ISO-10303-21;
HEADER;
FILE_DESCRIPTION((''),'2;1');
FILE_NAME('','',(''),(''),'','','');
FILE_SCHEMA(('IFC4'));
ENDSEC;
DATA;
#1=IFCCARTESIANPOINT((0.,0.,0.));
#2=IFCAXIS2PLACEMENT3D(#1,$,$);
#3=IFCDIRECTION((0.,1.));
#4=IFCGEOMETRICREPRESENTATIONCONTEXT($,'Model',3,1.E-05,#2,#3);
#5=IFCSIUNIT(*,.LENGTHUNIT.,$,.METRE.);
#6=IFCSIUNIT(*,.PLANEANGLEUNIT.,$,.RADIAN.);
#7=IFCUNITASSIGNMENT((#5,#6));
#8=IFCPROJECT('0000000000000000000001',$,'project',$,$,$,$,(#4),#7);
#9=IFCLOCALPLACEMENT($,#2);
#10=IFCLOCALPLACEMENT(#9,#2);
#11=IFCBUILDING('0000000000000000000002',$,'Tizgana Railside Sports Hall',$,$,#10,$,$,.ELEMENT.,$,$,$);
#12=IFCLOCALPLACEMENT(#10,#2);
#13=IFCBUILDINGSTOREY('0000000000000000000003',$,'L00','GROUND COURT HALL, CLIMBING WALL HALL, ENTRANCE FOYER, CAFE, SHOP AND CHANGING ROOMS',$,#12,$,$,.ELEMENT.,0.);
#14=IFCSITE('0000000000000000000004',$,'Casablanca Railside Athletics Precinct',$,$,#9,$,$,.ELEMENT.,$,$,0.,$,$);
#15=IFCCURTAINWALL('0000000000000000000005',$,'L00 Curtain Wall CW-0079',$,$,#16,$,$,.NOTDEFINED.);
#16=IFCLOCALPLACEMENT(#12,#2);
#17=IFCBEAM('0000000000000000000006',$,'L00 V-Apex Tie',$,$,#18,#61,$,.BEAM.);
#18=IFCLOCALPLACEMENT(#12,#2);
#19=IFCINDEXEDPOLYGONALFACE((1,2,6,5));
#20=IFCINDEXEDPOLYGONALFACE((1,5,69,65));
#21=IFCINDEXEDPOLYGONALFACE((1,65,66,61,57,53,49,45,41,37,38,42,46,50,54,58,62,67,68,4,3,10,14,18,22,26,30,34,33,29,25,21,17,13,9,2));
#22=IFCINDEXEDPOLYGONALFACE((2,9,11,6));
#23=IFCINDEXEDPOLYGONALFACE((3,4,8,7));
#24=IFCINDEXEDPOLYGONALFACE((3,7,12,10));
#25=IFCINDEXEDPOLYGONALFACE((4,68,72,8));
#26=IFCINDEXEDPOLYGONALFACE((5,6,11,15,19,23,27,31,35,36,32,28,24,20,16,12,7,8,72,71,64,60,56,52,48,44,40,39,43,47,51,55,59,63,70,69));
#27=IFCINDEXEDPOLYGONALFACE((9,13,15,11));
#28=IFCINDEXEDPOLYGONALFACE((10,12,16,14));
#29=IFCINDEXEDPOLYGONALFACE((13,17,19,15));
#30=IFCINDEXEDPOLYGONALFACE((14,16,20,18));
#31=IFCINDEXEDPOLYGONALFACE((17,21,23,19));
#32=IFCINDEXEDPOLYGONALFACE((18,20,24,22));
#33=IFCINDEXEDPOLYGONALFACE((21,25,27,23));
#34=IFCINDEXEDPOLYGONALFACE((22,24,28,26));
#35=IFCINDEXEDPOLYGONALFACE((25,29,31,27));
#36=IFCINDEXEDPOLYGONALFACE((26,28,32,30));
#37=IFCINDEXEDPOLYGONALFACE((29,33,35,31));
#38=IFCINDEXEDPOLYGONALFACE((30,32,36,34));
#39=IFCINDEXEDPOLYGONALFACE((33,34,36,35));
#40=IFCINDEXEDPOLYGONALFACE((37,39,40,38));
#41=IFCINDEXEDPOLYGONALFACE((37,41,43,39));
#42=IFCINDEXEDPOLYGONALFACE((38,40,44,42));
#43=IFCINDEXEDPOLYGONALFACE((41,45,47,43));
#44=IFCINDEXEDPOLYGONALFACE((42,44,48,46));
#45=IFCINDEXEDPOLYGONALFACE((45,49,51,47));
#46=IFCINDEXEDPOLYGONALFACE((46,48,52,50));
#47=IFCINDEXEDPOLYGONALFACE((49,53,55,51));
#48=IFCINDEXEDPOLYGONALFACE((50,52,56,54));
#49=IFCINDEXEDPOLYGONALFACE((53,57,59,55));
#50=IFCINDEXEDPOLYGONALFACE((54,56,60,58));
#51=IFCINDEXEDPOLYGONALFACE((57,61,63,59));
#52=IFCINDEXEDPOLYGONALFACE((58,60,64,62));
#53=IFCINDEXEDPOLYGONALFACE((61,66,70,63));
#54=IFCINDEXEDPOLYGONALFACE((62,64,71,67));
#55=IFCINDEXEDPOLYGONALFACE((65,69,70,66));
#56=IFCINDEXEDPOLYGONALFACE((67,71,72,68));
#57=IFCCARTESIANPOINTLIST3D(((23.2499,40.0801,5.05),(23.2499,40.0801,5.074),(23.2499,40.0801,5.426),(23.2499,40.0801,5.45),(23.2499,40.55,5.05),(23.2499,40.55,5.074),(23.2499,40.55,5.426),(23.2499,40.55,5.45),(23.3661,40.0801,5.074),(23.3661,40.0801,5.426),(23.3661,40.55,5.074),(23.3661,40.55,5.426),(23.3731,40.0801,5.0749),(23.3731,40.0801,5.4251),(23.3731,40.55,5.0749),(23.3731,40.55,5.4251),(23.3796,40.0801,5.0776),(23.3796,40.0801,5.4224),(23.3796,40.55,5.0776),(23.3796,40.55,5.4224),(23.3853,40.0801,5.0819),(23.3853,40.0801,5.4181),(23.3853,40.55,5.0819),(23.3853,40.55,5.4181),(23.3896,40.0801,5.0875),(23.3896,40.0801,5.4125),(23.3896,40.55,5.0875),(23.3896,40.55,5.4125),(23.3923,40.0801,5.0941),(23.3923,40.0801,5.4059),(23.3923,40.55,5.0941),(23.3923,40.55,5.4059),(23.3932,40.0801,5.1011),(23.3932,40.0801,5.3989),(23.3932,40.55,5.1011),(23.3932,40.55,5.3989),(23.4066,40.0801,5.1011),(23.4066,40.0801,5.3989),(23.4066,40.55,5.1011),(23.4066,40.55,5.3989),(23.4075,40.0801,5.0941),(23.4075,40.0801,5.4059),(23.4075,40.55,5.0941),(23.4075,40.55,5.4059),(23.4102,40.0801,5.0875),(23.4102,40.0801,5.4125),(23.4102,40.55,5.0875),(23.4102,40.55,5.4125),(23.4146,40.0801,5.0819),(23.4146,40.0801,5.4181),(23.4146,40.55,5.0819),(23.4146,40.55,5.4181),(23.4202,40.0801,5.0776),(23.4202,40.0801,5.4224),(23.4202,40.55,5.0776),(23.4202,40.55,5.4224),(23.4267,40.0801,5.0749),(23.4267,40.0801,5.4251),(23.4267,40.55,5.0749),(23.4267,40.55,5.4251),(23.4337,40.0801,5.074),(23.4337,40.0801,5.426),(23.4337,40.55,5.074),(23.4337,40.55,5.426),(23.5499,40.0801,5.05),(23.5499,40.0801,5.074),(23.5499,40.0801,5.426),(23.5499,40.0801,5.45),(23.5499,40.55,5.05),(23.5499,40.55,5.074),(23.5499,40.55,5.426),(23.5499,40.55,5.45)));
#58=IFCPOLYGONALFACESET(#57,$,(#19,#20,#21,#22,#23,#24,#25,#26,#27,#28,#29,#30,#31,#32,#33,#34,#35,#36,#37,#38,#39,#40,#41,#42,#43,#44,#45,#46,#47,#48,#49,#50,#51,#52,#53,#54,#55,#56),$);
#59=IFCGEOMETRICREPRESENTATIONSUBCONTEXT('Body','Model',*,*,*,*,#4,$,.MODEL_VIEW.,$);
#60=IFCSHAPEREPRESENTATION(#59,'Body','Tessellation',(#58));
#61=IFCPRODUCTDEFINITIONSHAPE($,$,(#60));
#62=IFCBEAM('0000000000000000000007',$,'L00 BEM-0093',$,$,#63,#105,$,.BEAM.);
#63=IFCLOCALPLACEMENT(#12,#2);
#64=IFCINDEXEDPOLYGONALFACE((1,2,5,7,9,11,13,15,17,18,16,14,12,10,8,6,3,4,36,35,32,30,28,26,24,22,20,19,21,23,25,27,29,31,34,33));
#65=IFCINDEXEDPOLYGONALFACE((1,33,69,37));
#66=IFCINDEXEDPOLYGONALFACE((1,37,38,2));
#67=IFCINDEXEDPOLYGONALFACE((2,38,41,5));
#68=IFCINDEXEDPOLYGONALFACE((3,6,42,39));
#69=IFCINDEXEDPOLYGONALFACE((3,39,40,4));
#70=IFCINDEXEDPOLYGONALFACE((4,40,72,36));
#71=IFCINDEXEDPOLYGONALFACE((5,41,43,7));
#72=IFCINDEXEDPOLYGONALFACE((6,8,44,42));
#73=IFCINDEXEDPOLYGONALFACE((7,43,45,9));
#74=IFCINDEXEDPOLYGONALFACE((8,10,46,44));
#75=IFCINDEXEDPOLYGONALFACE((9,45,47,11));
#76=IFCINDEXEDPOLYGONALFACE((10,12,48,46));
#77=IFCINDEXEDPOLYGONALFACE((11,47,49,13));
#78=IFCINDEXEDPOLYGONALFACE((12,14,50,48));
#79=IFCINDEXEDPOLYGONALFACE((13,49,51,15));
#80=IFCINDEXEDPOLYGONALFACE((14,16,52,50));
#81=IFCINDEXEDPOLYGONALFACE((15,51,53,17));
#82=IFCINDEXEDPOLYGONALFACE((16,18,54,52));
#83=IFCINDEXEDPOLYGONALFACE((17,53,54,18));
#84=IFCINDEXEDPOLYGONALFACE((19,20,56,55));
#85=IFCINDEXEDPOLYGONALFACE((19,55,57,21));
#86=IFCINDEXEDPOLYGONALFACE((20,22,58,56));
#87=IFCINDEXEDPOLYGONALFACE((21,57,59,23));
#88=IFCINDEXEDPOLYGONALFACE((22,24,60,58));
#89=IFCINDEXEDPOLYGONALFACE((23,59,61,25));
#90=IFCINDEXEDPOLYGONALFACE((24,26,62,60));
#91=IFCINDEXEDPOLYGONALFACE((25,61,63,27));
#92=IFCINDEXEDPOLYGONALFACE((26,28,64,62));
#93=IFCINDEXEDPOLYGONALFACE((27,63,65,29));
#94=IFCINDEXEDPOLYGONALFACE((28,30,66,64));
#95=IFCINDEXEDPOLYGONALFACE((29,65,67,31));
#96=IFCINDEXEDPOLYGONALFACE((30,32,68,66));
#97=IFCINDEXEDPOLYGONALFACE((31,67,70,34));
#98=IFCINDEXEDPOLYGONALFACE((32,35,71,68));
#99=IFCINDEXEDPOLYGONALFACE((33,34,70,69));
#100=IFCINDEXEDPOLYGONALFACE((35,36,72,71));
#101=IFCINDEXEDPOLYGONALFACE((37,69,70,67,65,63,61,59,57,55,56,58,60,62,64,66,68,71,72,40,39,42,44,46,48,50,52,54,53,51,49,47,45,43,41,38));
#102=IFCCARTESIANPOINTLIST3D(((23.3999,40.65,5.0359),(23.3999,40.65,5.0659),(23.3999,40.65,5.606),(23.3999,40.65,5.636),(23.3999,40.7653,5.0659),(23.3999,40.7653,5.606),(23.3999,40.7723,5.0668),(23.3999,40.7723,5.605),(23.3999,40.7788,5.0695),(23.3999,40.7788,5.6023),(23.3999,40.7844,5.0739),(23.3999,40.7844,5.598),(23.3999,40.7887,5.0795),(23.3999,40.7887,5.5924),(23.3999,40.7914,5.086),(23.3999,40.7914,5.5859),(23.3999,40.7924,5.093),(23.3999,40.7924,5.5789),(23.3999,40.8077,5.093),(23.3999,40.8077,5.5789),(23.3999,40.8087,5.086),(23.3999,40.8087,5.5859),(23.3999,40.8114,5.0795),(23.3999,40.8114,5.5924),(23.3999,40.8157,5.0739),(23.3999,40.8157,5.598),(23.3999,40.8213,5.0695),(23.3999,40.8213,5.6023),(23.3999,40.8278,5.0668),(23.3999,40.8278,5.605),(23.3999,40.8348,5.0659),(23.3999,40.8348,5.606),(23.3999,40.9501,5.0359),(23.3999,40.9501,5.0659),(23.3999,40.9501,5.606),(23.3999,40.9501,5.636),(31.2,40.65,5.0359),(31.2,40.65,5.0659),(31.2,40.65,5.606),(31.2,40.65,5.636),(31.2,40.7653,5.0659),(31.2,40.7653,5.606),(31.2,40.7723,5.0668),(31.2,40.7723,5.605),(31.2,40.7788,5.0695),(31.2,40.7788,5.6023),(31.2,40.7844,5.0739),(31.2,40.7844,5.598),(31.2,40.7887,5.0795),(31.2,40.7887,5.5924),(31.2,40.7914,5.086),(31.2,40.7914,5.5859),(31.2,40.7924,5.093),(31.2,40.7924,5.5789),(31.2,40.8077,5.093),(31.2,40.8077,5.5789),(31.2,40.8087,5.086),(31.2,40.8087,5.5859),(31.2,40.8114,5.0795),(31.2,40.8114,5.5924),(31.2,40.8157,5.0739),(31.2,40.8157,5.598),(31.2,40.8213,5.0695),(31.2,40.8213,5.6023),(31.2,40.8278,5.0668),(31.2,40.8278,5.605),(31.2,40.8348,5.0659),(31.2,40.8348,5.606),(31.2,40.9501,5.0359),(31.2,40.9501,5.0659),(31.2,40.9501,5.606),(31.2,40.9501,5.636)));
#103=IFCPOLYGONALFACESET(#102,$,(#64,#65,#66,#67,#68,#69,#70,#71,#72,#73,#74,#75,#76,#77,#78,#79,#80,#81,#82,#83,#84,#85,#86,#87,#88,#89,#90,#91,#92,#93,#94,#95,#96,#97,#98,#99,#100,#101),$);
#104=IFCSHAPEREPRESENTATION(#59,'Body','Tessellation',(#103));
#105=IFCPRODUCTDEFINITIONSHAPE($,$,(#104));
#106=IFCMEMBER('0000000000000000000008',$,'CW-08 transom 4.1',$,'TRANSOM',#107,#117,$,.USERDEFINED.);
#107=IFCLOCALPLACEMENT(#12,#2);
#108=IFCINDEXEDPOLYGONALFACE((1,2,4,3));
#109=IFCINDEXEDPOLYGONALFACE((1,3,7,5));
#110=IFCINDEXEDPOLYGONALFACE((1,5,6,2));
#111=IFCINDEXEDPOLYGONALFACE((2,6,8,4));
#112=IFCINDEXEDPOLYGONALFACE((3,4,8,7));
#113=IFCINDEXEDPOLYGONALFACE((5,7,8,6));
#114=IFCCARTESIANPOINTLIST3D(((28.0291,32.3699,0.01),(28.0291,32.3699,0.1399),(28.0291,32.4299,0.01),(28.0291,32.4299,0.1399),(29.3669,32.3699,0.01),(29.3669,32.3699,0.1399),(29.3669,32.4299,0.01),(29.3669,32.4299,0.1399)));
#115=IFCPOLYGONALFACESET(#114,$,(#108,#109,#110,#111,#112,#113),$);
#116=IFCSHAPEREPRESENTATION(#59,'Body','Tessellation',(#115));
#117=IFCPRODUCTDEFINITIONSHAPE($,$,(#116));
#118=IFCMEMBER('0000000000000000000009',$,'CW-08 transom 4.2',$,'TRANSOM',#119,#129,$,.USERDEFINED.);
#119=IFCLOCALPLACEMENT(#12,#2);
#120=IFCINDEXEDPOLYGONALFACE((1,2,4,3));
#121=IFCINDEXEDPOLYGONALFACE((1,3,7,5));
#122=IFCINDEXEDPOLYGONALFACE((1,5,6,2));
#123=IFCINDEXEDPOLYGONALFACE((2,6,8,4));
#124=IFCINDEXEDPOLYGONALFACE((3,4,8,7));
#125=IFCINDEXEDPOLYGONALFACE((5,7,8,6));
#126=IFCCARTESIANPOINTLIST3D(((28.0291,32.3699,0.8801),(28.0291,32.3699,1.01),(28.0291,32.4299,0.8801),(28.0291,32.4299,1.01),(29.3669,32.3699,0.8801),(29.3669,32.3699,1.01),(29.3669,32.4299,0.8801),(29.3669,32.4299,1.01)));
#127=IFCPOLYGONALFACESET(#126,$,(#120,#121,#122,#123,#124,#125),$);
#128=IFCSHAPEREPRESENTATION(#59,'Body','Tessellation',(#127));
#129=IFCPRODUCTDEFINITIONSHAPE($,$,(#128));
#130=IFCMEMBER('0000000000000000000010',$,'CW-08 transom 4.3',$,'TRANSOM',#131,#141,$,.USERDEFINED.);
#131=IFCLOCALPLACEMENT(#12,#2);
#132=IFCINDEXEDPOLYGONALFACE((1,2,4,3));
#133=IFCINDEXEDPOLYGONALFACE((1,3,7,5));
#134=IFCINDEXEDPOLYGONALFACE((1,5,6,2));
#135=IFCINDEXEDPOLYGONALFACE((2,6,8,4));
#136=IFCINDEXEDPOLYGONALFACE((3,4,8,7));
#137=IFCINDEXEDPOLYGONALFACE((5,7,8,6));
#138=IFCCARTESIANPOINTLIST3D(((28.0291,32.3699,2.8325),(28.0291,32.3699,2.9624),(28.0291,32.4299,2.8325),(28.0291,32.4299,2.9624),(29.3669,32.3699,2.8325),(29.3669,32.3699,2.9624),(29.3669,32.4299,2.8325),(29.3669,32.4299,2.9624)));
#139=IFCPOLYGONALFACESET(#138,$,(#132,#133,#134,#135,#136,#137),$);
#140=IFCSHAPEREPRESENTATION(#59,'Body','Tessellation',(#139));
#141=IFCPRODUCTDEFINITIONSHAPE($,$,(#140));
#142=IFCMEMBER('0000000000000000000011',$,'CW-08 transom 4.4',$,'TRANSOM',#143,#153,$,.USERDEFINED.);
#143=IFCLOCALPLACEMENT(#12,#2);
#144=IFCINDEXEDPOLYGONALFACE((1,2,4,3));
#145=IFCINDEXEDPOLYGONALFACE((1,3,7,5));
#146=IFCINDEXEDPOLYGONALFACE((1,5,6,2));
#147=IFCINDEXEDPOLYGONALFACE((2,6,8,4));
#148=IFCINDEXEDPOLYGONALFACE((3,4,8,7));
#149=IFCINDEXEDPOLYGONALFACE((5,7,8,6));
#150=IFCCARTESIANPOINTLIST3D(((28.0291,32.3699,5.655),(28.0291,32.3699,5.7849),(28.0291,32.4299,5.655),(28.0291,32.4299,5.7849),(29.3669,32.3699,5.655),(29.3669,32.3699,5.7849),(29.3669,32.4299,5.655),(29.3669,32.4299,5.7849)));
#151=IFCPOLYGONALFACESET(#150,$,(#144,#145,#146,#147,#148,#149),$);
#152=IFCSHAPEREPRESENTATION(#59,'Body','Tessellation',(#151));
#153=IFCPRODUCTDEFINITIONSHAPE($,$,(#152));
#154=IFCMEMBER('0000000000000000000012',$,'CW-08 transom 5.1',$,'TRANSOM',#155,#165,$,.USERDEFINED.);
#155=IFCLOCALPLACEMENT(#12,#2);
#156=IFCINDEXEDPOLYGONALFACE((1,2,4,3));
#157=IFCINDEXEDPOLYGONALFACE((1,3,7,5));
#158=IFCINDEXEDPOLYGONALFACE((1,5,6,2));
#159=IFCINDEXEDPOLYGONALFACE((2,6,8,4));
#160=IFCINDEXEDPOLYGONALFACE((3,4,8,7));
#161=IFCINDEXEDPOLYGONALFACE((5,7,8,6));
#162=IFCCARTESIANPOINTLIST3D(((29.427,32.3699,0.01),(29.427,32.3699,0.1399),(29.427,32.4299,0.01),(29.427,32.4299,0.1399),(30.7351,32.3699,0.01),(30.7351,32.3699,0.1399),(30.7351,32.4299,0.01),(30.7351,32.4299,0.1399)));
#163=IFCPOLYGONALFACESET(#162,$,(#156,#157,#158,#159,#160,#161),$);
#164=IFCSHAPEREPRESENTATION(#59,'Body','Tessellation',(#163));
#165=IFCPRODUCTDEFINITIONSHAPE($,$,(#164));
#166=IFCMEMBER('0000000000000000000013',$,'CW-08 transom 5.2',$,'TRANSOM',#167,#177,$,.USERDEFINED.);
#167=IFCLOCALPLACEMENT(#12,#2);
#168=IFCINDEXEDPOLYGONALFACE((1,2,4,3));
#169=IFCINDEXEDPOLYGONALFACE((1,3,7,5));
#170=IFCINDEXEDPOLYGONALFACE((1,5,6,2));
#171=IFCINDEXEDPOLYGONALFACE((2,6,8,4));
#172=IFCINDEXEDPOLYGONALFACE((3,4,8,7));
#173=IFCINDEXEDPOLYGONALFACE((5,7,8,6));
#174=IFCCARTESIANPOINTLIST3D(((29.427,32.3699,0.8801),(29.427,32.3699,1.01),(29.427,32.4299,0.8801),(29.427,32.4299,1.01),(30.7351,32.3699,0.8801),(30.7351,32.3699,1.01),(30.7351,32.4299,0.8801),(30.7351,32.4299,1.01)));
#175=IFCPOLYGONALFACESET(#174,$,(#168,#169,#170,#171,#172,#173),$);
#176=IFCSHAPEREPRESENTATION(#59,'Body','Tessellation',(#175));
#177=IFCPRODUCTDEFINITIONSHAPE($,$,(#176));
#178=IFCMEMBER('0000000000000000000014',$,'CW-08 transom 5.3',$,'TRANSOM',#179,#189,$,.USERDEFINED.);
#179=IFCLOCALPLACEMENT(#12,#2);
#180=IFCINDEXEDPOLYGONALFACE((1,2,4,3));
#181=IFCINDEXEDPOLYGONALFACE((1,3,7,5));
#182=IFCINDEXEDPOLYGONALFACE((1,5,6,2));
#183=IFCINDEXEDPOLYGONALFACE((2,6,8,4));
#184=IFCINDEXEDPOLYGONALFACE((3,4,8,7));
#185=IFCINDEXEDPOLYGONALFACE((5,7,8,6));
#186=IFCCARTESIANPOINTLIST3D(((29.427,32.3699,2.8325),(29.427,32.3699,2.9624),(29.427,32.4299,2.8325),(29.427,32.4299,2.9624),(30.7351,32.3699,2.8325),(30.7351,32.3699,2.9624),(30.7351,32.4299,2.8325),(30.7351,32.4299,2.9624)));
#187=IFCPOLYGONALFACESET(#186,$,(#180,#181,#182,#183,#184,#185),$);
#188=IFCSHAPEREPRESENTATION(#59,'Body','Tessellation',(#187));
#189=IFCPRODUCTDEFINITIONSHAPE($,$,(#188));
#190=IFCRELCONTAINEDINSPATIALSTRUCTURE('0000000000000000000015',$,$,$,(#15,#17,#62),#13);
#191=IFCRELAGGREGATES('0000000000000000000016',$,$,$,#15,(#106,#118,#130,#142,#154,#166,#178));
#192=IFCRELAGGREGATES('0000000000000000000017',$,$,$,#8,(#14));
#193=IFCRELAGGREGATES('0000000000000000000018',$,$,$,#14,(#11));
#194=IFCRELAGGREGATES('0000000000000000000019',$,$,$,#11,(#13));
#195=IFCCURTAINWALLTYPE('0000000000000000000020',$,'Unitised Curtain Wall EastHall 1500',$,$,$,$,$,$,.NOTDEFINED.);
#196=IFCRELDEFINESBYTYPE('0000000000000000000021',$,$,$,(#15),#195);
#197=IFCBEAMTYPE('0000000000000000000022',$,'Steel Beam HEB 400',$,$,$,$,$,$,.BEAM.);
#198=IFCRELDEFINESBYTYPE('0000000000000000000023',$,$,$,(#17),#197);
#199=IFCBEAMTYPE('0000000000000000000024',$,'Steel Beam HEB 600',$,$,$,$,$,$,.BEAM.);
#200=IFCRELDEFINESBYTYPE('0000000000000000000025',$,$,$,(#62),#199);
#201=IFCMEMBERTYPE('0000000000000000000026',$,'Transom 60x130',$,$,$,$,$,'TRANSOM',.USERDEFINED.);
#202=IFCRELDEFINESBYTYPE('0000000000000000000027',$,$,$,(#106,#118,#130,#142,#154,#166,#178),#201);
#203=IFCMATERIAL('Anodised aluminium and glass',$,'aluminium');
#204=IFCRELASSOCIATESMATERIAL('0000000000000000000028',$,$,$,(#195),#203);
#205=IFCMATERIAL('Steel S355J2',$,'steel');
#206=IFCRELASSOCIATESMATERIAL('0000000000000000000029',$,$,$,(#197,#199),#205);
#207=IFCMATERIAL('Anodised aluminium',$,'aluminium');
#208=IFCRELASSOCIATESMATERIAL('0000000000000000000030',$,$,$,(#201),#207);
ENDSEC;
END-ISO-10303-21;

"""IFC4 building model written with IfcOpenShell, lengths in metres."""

from ifc_helpers import new_model, si_unit, direction, frame, origin, origin_2d, place, context, subcontext, project, spatial, rectangle, i_section, extrude, material, material_profile, profile_set, type_object, element, aggregate, save


model = new_model("IFC4")

# Units and contexts
model_context = context("Model", 3, precision=1e-05, world=origin(), true_north=direction((0.0, 1.0)))
body_context = subcontext(model_context, "Body", "Model", "MODEL_VIEW")
ifc_project = project(units=[si_unit("LENGTHUNIT", "METRE"), si_unit("PLANEANGLEUNIT", "RADIAN")], contexts=[model_context])

# Site, building, storey
site_placement = place(None, origin())
site = spatial("IfcSite", under=ifc_project, at=site_placement, Name="Casablanca Railside Athletics Precinct", CompositionType="ELEMENT", RefElevation=0.0)
building_placement = place(site_placement, origin())
building = spatial("IfcBuilding", under=site, at=building_placement, Name="Tizgana Railside Sports Hall", CompositionType="ELEMENT")
storey_placement = place(building_placement, origin())
storey = spatial("IfcBuildingStorey", under=building, at=storey_placement, Name="L00", Description="GROUND COURT HALL, CLIMBING WALL HALL, ENTRANCE FOYER, CAFE, SHOP AND CHANGING ROOMS", CompositionType="ELEMENT", Elevation=0.0)

# Shared definitions
ifc_material_1 = material(Name="Steel S355J2", Category="steel")

# Curtain wall
ifc_material_2 = material(Name="Anodised aluminium and glass", Category="aluminium")
curtain_wall_type = type_object("IfcCurtainWallType", Name="Unitised Curtain Wall EastHall 1500", PredefinedType="NOTDEFINED", material=ifc_material_2)
curtain_wall_placement = place(storey_placement, origin())
curtain_wall = element("IfcCurtainWall", 1, at=curtain_wall_placement, inside=storey, type_object=curtain_wall_type, Name="L00 Curtain Wall CW-0079", PredefinedType="NOTDEFINED")
ifc_material_3 = material(Name="Anodised aluminium", Category="aluminium")

# Beams
ifc_material_profile_1 = material_profile(ifc_material_1, i_section(OverallWidth=0.3, OverallDepth=0.3999, WebThickness=0.0134, FlangeThickness=0.0239, FilletRadius=0.0271, at=origin_2d()), Name="HEB 400")
ifc_profile_set_1 = profile_set([ifc_material_profile_1], Name="Steel S355J2")
beam_type_1 = type_object("IfcBeamType", Name="Steel Beam HEB 400", PredefinedType="BEAM", material=ifc_profile_set_1)
beam_1_placement = place(storey_placement, frame((23.3999, 40.0801, 5.25), z_axis=(0.0, 1.0, 0.0), x_axis=(-1.0, 0.0, 0.0)))
element("IfcBeam", 2, at=beam_1_placement, inside=storey, type_object=beam_type_1, Name="L00 V-Apex Tie", PredefinedType="BEAM", context=body_context, shape_type="SweptSolid", body=[
    extrude(i_section(OverallWidth=0.3, OverallDepth=0.3999, WebThickness=0.0134, FlangeThickness=0.0239, FilletRadius=0.0271, at=origin_2d()), origin(), (0.0, 0.0, 1.0), 0.47),
])
ifc_material_profile_2 = material_profile(ifc_material_1, i_section(OverallWidth=0.3, OverallDepth=0.6001, WebThickness=0.0154, FlangeThickness=0.03, FilletRadius=0.0271, at=origin_2d()), Name="HEB 600")
ifc_profile_set_2 = profile_set([ifc_material_profile_2], Name="Steel S355J2")
beam_type_2 = type_object("IfcBeamType", Name="Steel Beam HEB 600", PredefinedType="BEAM", material=ifc_profile_set_2)
beam_2_placement = place(storey_placement, frame((23.3999, 40.8, 5.3359), z_axis=(1.0, 0.0, 0.0), x_axis=(0.0, 1.0, 0.0)))
element("IfcBeam", 3, at=beam_2_placement, inside=storey, type_object=beam_type_2, Name="L00 BEM-0093", PredefinedType="BEAM", context=body_context, shape_type="SweptSolid", body=[
    extrude(i_section(OverallWidth=0.3, OverallDepth=0.6001, WebThickness=0.0154, FlangeThickness=0.03, FilletRadius=0.0271, at=origin_2d()), origin(), (0.0, 0.0, 1.0), 7.8),
])

# Members
ifc_material_profile_3 = material_profile(ifc_material_3, rectangle(XDim=0.0601, YDim=0.1299, at=origin_2d()), Name="Transom 60x130")
ifc_profile_set_3 = profile_set([ifc_material_profile_3], Name="Anodised aluminium")
member_type_1 = type_object("IfcMemberType", Name="Transom 60x130", ElementType="TRANSOM", PredefinedType="USERDEFINED", material=ifc_profile_set_3)
member_1_placement = place(storey_placement, frame((28.0291, 32.3999, 0.075), z_axis=(1.0, 0.0, 0.0), x_axis=(0.0, 1.0, 0.0)))
member_1 = element("IfcMember", 4, at=member_1_placement, type_object=member_type_1, Name="CW-08 transom 4.1", ObjectType="TRANSOM", PredefinedType="USERDEFINED", context=body_context, shape_type="SweptSolid", body=[
    extrude(rectangle(XDim=0.0601, YDim=0.1299, at=origin_2d()), origin(), (0.0, 0.0, 1.0), 1.3379),
])
member_2_placement = place(storey_placement, frame((28.0291, 32.3999, 0.9451), z_axis=(1.0, 0.0, 0.0), x_axis=(0.0, 1.0, 0.0)))
member_2 = element("IfcMember", 5, at=member_2_placement, type_object=member_type_1, Name="CW-08 transom 4.2", ObjectType="TRANSOM", PredefinedType="USERDEFINED", context=body_context, shape_type="SweptSolid", body=[
    extrude(rectangle(XDim=0.0601, YDim=0.1299, at=origin_2d()), origin(), (0.0, 0.0, 1.0), 1.3379),
])
member_3_placement = place(storey_placement, frame((28.0291, 32.3999, 2.8975), z_axis=(1.0, 0.0, 0.0), x_axis=(0.0, 1.0, 0.0)))
member_3 = element("IfcMember", 6, at=member_3_placement, type_object=member_type_1, Name="CW-08 transom 4.3", ObjectType="TRANSOM", PredefinedType="USERDEFINED", context=body_context, shape_type="SweptSolid", body=[
    extrude(rectangle(XDim=0.0601, YDim=0.1299, at=origin_2d()), origin(), (0.0, 0.0, 1.0), 1.3379),
])
member_4_placement = place(storey_placement, frame((28.0291, 32.3999, 5.72), z_axis=(1.0, 0.0, 0.0), x_axis=(0.0, 1.0, 0.0)))
member_4 = element("IfcMember", 7, at=member_4_placement, type_object=member_type_1, Name="CW-08 transom 4.4", ObjectType="TRANSOM", PredefinedType="USERDEFINED", context=body_context, shape_type="SweptSolid", body=[
    extrude(rectangle(XDim=0.0601, YDim=0.1299, at=origin_2d()), origin(), (0.0, 0.0, 1.0), 1.3379),
])
member_5_placement = place(storey_placement, frame((29.427, 32.3999, 0.075), z_axis=(1.0, 0.0, 0.0), x_axis=(0.0, 1.0, 0.0)))
member_5 = element("IfcMember", 8, at=member_5_placement, type_object=member_type_1, Name="CW-08 transom 5.1", ObjectType="TRANSOM", PredefinedType="USERDEFINED", context=body_context, shape_type="SweptSolid", body=[
    extrude(rectangle(XDim=0.0601, YDim=0.1299, at=origin_2d()), origin(), (0.0, 0.0, 1.0), 1.3081),
])
member_6_placement = place(storey_placement, frame((29.427, 32.3999, 0.9451), z_axis=(1.0, 0.0, 0.0), x_axis=(0.0, 1.0, 0.0)))
member_6 = element("IfcMember", 9, at=member_6_placement, type_object=member_type_1, Name="CW-08 transom 5.2", ObjectType="TRANSOM", PredefinedType="USERDEFINED", context=body_context, shape_type="SweptSolid", body=[
    extrude(rectangle(XDim=0.0601, YDim=0.1299, at=origin_2d()), origin(), (0.0, 0.0, 1.0), 1.3081),
])
member_7_placement = place(storey_placement, frame((29.427, 32.3999, 2.8975), z_axis=(1.0, 0.0, 0.0), x_axis=(0.0, 1.0, 0.0)))
member_7 = element("IfcMember", 10, at=member_7_placement, type_object=member_type_1, Name="CW-08 transom 5.3", ObjectType="TRANSOM", PredefinedType="USERDEFINED", context=body_context, shape_type="SweptSolid", body=[
    extrude(rectangle(XDim=0.0601, YDim=0.1299, at=origin_2d()), origin(), (0.0, 0.0, 1.0), 1.3081),
])

aggregate(curtain_wall, [member_1, member_2, member_3, member_4, member_5, member_6, member_7])

save(model, "model.ifc")
